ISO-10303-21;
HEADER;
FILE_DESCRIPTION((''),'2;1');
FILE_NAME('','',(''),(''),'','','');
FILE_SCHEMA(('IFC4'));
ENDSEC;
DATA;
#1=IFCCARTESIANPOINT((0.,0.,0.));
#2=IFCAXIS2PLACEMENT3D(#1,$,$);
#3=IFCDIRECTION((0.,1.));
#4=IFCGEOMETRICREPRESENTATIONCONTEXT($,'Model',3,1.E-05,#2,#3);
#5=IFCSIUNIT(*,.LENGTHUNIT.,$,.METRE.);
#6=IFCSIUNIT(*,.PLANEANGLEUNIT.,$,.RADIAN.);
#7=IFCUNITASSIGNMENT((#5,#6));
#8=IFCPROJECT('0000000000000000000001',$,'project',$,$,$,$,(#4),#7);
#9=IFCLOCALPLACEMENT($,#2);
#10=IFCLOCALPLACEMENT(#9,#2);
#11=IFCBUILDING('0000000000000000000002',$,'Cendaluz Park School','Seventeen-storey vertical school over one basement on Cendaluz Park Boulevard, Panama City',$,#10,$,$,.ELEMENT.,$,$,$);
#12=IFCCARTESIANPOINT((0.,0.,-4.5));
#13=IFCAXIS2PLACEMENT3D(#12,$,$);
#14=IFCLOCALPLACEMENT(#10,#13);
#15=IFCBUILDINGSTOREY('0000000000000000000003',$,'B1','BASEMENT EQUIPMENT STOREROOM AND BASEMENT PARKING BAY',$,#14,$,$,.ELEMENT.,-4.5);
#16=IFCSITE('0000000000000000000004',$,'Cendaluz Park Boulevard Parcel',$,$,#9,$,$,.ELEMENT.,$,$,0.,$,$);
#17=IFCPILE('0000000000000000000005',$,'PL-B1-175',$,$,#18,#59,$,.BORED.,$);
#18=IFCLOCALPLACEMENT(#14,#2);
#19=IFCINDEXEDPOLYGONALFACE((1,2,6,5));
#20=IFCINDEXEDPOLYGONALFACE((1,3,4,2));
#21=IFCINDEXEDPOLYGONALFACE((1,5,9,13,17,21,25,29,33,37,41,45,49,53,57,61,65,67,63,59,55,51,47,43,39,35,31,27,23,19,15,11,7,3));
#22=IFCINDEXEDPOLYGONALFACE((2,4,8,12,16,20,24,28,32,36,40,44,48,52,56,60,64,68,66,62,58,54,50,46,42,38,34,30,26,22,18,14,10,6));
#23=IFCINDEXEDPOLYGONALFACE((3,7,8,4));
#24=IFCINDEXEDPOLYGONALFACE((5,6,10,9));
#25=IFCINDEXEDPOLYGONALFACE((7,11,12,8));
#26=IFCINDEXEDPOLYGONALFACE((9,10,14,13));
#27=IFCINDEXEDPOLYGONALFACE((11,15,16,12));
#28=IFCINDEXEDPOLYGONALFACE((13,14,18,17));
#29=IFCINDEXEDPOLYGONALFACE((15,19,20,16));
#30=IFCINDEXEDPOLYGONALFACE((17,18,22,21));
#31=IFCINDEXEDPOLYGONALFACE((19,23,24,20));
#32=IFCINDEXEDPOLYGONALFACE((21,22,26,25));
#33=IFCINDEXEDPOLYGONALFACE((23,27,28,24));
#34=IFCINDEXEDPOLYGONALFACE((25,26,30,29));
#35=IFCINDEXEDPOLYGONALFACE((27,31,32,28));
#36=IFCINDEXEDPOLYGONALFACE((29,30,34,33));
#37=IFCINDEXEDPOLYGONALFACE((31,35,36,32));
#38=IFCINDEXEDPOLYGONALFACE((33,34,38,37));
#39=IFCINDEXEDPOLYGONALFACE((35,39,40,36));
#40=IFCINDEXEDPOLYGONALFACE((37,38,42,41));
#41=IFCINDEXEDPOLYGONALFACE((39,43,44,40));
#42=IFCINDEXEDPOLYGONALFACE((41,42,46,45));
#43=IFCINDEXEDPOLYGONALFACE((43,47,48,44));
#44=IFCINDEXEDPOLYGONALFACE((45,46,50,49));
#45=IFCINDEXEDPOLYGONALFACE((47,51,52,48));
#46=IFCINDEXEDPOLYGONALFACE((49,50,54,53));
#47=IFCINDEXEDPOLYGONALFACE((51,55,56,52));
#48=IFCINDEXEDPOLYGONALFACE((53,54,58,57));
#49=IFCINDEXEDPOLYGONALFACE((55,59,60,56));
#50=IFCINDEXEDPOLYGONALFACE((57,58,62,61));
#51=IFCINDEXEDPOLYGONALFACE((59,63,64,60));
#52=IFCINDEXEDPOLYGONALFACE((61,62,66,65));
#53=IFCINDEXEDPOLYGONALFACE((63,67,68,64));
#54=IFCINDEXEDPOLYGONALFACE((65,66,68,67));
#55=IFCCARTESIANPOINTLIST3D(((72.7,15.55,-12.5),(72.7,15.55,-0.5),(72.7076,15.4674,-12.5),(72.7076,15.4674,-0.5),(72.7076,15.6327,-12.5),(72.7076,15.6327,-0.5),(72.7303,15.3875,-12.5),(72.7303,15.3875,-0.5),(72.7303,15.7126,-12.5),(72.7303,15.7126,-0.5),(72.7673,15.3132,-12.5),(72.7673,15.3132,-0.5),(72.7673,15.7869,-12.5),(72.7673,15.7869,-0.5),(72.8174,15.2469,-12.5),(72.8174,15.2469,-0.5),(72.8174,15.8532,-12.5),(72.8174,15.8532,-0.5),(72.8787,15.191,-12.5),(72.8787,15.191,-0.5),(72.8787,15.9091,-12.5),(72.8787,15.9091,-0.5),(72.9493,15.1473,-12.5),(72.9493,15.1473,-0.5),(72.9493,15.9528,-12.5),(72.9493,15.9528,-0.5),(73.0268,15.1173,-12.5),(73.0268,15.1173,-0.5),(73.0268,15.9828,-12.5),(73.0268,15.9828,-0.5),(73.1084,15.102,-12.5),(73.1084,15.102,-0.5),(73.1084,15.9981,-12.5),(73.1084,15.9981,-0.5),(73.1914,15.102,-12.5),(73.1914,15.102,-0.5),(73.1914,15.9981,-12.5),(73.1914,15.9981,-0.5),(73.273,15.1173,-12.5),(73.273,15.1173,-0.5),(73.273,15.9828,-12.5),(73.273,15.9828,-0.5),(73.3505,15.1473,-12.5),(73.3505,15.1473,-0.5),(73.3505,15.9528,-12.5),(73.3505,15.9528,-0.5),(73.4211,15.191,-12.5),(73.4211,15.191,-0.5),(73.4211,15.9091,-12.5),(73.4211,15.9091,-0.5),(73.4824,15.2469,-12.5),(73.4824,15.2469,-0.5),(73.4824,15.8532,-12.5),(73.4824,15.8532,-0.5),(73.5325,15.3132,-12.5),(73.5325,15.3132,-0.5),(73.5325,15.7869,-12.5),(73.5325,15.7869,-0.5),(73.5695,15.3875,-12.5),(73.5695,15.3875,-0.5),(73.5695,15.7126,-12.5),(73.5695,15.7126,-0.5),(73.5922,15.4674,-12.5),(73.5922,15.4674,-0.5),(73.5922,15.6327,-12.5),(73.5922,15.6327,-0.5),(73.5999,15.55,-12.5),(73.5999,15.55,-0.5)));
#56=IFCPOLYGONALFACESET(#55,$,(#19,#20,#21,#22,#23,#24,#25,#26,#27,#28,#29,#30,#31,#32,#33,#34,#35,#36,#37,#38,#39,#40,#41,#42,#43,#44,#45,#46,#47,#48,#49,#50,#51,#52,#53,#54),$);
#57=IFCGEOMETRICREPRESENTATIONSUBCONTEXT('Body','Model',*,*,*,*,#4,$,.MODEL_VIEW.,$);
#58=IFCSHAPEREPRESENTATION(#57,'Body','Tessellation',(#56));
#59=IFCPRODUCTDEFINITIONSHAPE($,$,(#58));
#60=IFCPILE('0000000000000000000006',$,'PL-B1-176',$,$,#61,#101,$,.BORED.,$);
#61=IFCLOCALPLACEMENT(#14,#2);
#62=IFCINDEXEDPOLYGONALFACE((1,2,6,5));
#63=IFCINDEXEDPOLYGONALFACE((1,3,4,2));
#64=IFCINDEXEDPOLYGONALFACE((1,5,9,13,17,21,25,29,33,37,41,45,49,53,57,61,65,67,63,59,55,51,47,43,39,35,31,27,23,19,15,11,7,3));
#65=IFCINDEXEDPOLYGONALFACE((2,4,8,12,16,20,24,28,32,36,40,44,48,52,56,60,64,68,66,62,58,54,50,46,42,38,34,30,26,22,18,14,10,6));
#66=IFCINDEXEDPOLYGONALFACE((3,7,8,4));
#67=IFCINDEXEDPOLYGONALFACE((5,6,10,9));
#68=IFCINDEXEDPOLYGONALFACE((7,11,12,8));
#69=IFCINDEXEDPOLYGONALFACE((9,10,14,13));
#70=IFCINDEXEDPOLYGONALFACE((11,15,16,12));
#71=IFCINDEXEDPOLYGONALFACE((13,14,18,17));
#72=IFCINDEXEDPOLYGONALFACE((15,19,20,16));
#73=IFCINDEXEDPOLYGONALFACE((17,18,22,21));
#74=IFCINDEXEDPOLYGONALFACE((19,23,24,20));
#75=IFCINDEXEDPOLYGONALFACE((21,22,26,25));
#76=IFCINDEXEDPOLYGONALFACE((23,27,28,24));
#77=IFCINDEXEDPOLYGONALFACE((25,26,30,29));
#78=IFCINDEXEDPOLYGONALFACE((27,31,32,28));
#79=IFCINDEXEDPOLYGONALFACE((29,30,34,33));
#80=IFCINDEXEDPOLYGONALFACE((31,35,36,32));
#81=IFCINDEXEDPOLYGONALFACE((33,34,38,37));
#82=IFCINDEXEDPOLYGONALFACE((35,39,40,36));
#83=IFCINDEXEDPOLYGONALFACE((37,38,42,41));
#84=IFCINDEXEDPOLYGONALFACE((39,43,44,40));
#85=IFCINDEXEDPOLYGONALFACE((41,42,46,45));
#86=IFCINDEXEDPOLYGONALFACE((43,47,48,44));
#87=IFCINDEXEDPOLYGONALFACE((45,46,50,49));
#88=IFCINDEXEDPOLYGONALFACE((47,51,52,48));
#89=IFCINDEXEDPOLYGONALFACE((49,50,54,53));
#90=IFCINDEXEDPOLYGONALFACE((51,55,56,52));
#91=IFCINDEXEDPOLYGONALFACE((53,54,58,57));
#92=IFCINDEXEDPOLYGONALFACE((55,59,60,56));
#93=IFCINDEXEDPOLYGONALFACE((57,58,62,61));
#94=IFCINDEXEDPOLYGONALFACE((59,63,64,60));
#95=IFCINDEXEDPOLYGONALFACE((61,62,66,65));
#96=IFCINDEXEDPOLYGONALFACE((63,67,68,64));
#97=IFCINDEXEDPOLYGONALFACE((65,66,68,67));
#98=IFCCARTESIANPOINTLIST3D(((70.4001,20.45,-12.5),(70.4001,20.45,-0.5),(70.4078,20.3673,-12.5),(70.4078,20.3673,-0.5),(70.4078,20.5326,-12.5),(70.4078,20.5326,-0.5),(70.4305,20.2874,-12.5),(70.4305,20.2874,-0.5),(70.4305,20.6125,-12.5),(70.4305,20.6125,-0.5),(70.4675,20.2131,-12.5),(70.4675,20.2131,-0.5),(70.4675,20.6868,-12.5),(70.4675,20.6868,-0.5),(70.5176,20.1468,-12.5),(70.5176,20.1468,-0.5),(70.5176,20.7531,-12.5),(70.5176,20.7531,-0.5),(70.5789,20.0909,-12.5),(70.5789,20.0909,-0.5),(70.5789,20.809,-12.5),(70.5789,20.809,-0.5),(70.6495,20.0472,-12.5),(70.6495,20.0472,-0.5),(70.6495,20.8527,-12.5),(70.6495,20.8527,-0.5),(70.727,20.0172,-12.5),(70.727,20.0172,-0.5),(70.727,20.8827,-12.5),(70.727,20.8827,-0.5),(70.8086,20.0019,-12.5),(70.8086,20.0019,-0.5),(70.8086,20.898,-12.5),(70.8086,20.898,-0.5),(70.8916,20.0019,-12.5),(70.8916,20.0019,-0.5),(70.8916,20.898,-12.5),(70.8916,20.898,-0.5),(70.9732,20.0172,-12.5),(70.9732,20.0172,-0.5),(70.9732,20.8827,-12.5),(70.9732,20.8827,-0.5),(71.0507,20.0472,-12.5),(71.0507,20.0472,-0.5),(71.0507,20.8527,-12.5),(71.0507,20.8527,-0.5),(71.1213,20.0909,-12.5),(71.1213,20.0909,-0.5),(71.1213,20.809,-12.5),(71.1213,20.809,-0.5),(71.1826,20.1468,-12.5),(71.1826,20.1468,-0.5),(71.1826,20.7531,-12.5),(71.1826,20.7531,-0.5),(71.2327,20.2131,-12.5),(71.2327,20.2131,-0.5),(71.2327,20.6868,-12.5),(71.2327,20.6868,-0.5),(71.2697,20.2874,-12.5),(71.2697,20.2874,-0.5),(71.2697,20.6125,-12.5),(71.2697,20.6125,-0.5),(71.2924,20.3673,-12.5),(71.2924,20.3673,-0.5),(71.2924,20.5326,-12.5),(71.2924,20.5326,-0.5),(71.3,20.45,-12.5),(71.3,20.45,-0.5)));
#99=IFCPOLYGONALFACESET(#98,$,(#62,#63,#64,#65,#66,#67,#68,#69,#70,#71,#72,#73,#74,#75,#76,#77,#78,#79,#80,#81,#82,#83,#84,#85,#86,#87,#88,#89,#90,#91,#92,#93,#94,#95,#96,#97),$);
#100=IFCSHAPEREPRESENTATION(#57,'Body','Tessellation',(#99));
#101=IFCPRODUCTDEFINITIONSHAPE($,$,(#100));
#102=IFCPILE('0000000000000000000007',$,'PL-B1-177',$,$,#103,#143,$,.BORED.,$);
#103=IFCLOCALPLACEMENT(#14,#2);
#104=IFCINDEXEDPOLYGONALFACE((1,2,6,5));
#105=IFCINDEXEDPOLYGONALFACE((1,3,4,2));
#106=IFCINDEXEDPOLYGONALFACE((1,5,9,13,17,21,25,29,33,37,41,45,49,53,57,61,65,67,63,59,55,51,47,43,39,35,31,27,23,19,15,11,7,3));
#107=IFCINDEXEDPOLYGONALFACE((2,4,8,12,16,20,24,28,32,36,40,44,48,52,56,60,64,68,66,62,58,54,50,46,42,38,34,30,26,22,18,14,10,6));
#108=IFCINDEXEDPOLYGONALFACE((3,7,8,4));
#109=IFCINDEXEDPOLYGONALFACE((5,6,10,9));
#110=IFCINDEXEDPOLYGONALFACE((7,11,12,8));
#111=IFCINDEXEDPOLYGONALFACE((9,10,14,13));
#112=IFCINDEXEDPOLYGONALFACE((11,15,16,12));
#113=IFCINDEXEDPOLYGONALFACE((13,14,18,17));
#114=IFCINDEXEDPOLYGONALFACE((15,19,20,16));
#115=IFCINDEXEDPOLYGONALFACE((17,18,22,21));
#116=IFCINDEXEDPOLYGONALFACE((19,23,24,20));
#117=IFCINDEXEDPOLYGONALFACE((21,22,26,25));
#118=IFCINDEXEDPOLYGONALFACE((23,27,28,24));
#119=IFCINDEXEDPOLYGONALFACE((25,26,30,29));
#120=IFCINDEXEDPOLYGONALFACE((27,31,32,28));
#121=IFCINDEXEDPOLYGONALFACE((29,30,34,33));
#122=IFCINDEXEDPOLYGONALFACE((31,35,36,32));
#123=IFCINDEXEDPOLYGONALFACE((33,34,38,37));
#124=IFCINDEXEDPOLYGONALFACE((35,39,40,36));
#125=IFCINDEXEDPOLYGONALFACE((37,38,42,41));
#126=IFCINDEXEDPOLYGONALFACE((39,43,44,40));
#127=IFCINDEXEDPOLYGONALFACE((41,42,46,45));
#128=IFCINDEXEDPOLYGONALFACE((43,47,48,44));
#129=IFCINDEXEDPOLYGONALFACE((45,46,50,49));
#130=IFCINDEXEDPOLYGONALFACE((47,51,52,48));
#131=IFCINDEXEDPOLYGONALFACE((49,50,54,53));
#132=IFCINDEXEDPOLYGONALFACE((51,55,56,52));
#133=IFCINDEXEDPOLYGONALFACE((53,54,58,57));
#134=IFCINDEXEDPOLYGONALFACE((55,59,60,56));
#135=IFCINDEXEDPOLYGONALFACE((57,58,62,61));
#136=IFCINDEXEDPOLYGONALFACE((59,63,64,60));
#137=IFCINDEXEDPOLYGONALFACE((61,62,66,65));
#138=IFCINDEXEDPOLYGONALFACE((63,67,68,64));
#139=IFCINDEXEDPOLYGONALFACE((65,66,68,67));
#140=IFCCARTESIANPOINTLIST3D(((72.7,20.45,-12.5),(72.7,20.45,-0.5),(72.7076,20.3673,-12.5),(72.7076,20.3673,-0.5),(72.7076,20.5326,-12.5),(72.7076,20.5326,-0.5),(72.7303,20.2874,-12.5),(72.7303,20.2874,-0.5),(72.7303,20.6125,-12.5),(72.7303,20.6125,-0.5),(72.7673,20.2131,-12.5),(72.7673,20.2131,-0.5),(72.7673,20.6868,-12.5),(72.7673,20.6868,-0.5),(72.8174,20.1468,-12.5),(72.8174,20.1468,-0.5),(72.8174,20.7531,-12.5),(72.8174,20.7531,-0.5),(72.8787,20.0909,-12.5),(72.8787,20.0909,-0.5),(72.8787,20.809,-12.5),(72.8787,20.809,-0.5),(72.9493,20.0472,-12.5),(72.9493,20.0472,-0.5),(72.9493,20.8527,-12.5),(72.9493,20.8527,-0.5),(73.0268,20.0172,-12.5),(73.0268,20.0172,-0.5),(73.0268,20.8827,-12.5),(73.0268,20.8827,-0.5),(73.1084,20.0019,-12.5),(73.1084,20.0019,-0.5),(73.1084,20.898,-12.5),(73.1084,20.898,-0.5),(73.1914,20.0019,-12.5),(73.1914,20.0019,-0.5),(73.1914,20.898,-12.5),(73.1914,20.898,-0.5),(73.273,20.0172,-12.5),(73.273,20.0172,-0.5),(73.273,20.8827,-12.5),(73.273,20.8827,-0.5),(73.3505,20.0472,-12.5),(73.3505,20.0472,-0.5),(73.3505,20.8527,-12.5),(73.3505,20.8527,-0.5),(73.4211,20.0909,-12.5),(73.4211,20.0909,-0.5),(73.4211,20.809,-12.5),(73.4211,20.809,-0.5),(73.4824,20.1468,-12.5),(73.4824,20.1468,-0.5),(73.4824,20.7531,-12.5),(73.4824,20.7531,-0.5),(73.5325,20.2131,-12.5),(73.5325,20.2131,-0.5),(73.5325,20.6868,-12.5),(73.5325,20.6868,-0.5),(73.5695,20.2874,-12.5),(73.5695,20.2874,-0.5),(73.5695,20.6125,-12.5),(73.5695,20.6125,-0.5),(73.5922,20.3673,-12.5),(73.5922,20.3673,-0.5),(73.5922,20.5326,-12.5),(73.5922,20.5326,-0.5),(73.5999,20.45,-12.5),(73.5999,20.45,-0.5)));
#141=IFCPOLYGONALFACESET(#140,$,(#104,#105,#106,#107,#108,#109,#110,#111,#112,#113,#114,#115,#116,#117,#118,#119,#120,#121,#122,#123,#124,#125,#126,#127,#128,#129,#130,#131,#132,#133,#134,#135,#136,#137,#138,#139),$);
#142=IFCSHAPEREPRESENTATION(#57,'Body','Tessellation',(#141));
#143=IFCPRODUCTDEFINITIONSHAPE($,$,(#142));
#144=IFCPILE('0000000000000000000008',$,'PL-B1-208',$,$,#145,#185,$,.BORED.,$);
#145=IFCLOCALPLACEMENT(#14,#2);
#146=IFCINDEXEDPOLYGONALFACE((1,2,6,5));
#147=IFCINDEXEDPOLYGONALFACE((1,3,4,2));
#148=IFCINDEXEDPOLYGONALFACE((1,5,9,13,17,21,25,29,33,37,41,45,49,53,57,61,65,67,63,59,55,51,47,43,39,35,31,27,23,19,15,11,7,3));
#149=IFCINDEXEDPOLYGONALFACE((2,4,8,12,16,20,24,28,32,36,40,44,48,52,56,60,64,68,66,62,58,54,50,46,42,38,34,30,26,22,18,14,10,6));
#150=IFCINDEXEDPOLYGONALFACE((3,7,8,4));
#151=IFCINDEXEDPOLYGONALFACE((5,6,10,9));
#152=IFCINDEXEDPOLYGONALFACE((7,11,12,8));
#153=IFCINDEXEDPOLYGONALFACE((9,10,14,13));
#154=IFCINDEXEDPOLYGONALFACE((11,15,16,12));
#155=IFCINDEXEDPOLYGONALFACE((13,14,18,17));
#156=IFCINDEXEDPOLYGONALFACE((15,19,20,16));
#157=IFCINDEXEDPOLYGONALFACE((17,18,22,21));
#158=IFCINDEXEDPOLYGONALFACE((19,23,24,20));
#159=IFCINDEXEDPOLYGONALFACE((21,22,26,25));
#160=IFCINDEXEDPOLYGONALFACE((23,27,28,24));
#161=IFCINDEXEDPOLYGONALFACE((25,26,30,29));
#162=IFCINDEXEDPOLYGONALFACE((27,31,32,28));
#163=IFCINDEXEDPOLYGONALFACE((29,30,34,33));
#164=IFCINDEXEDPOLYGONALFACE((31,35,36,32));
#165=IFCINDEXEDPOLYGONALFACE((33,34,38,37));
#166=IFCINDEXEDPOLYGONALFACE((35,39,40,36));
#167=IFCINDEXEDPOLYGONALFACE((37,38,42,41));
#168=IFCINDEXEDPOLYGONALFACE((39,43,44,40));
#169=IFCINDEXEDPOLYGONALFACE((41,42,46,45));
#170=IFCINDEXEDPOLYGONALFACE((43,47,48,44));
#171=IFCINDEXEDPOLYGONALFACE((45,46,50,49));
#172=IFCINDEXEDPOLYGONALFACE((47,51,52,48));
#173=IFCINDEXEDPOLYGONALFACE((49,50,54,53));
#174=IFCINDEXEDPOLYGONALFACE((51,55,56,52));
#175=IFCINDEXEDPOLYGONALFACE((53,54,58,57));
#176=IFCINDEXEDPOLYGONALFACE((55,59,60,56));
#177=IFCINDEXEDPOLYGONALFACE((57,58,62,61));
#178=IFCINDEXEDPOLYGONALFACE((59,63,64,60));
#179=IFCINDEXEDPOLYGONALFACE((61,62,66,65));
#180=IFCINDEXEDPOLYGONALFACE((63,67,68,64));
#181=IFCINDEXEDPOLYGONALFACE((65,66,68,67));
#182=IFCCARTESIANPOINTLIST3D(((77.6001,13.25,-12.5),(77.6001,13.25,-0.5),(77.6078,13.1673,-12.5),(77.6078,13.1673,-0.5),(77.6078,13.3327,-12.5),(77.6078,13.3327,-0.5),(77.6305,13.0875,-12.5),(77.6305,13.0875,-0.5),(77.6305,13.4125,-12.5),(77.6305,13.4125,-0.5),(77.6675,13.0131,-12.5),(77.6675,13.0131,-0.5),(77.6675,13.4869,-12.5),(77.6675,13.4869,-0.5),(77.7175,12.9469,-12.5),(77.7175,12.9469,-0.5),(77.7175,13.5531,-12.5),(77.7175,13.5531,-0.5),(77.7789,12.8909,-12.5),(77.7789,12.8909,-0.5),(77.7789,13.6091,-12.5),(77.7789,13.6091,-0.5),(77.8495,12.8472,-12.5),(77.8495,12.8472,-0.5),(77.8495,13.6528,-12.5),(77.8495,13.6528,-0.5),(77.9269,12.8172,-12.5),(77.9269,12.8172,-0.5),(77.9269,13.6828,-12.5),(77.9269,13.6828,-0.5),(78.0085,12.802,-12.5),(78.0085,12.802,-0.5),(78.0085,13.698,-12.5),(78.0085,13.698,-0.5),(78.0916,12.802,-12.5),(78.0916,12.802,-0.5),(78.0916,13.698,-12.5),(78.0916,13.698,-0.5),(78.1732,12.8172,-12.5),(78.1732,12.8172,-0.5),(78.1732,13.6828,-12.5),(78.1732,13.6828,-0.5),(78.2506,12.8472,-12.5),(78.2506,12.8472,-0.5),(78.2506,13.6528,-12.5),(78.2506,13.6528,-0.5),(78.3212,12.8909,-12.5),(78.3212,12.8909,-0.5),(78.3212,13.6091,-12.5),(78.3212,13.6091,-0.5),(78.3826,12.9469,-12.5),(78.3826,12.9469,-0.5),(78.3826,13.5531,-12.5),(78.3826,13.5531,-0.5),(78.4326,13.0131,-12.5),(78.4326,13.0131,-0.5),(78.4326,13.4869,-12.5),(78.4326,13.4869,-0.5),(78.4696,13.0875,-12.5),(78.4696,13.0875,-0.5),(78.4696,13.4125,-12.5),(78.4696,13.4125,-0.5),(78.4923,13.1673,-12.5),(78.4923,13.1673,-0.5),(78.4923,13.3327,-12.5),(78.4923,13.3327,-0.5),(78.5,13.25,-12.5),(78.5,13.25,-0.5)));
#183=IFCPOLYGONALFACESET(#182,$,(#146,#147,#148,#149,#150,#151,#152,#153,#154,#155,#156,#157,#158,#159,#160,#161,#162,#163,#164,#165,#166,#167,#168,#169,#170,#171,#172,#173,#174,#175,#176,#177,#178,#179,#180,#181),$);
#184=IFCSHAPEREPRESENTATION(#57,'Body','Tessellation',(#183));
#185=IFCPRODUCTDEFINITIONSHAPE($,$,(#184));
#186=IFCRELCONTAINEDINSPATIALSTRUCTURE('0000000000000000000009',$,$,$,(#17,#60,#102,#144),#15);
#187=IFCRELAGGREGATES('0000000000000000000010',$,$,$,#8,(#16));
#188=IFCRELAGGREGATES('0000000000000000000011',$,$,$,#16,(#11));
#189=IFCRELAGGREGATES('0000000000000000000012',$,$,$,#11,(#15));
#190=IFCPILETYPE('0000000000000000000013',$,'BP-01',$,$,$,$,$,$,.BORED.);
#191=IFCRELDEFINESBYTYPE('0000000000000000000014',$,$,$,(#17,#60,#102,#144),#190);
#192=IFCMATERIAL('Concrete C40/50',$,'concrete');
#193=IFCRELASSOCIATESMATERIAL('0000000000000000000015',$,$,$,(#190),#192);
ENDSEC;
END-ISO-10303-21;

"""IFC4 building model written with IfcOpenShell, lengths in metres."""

from ifc_helpers import new_model, si_unit, direction, frame, origin, origin_2d, place, context, subcontext, project, spatial, circle, extrude, material, material_profile, profile_set, type_object, element, save


model = new_model("IFC4")

# Units and contexts
model_context = context("Model", 3, precision=1e-05, world=origin(), true_north=direction((0.0, 1.0)))
body_context = subcontext(model_context, "Body", "Model", "MODEL_VIEW")
ifc_project = project(units=[si_unit("LENGTHUNIT", "METRE"), si_unit("PLANEANGLEUNIT", "RADIAN")], contexts=[model_context])

# Site, building, storey
site_placement = place(None, origin())
site = spatial("IfcSite", under=ifc_project, at=site_placement, Name="Cendaluz Park Boulevard Parcel", CompositionType="ELEMENT", RefElevation=0.0)
building_placement = place(site_placement, origin())
building = spatial("IfcBuilding", under=site, at=building_placement, Name="Cendaluz Park School", Description="Seventeen-storey vertical school over one basement on Cendaluz Park Boulevard, Panama City", CompositionType="ELEMENT")
storey_placement = place(building_placement, frame((0.0, 0.0, -4.5)))
storey = spatial("IfcBuildingStorey", under=building, at=storey_placement, Name="B1", Description="BASEMENT EQUIPMENT STOREROOM AND BASEMENT PARKING BAY", CompositionType="ELEMENT", Elevation=-4.5)

# Piles
ifc_material_1 = material(Name="Concrete C40/50", Category="concrete")
ifc_material_profile_1 = material_profile(ifc_material_1, circle(Radius=0.45, at=origin_2d()), Name="BP D900", Category="concrete")
ifc_profile_set_1 = profile_set([ifc_material_profile_1], Name="Concrete C40/50")
pile_type_1 = type_object("IfcPileType", Name="BP-01", PredefinedType="BORED", material=ifc_profile_set_1)
for number, where, z_axis, x_axis, name in (
    (1, (73.1499, 15.55, -0.5), (0.0, 0.0, -1.0), (1.0, 0.0, 0.0), "PL-B1-175"),
    (2, (70.8501, 20.45, -0.5), (0.0, 0.0, -1.0), (1.0, 0.0, 0.0), "PL-B1-176"),
    (3, (73.1499, 20.45, -0.5), (0.0, 0.0, -1.0), (1.0, 0.0, 0.0), "PL-B1-177"),
    (4, (78.05, 13.25, -0.5), (0.0, 0.0, -1.0), (1.0, 0.0, 0.0), "PL-B1-208"),
):
    element("IfcPile", number, at=place(storey_placement, frame(where, z_axis=z_axis, x_axis=x_axis)), inside=storey, type_object=pile_type_1, Name=name, PredefinedType="BORED", context=body_context, shape_type="SweptSolid", body=[
        extrude(circle(Radius=0.45, at=origin_2d()), origin(), (0.0, 0.0, 1.0), 12.0),
    ])

save(model, "model.ifc")
